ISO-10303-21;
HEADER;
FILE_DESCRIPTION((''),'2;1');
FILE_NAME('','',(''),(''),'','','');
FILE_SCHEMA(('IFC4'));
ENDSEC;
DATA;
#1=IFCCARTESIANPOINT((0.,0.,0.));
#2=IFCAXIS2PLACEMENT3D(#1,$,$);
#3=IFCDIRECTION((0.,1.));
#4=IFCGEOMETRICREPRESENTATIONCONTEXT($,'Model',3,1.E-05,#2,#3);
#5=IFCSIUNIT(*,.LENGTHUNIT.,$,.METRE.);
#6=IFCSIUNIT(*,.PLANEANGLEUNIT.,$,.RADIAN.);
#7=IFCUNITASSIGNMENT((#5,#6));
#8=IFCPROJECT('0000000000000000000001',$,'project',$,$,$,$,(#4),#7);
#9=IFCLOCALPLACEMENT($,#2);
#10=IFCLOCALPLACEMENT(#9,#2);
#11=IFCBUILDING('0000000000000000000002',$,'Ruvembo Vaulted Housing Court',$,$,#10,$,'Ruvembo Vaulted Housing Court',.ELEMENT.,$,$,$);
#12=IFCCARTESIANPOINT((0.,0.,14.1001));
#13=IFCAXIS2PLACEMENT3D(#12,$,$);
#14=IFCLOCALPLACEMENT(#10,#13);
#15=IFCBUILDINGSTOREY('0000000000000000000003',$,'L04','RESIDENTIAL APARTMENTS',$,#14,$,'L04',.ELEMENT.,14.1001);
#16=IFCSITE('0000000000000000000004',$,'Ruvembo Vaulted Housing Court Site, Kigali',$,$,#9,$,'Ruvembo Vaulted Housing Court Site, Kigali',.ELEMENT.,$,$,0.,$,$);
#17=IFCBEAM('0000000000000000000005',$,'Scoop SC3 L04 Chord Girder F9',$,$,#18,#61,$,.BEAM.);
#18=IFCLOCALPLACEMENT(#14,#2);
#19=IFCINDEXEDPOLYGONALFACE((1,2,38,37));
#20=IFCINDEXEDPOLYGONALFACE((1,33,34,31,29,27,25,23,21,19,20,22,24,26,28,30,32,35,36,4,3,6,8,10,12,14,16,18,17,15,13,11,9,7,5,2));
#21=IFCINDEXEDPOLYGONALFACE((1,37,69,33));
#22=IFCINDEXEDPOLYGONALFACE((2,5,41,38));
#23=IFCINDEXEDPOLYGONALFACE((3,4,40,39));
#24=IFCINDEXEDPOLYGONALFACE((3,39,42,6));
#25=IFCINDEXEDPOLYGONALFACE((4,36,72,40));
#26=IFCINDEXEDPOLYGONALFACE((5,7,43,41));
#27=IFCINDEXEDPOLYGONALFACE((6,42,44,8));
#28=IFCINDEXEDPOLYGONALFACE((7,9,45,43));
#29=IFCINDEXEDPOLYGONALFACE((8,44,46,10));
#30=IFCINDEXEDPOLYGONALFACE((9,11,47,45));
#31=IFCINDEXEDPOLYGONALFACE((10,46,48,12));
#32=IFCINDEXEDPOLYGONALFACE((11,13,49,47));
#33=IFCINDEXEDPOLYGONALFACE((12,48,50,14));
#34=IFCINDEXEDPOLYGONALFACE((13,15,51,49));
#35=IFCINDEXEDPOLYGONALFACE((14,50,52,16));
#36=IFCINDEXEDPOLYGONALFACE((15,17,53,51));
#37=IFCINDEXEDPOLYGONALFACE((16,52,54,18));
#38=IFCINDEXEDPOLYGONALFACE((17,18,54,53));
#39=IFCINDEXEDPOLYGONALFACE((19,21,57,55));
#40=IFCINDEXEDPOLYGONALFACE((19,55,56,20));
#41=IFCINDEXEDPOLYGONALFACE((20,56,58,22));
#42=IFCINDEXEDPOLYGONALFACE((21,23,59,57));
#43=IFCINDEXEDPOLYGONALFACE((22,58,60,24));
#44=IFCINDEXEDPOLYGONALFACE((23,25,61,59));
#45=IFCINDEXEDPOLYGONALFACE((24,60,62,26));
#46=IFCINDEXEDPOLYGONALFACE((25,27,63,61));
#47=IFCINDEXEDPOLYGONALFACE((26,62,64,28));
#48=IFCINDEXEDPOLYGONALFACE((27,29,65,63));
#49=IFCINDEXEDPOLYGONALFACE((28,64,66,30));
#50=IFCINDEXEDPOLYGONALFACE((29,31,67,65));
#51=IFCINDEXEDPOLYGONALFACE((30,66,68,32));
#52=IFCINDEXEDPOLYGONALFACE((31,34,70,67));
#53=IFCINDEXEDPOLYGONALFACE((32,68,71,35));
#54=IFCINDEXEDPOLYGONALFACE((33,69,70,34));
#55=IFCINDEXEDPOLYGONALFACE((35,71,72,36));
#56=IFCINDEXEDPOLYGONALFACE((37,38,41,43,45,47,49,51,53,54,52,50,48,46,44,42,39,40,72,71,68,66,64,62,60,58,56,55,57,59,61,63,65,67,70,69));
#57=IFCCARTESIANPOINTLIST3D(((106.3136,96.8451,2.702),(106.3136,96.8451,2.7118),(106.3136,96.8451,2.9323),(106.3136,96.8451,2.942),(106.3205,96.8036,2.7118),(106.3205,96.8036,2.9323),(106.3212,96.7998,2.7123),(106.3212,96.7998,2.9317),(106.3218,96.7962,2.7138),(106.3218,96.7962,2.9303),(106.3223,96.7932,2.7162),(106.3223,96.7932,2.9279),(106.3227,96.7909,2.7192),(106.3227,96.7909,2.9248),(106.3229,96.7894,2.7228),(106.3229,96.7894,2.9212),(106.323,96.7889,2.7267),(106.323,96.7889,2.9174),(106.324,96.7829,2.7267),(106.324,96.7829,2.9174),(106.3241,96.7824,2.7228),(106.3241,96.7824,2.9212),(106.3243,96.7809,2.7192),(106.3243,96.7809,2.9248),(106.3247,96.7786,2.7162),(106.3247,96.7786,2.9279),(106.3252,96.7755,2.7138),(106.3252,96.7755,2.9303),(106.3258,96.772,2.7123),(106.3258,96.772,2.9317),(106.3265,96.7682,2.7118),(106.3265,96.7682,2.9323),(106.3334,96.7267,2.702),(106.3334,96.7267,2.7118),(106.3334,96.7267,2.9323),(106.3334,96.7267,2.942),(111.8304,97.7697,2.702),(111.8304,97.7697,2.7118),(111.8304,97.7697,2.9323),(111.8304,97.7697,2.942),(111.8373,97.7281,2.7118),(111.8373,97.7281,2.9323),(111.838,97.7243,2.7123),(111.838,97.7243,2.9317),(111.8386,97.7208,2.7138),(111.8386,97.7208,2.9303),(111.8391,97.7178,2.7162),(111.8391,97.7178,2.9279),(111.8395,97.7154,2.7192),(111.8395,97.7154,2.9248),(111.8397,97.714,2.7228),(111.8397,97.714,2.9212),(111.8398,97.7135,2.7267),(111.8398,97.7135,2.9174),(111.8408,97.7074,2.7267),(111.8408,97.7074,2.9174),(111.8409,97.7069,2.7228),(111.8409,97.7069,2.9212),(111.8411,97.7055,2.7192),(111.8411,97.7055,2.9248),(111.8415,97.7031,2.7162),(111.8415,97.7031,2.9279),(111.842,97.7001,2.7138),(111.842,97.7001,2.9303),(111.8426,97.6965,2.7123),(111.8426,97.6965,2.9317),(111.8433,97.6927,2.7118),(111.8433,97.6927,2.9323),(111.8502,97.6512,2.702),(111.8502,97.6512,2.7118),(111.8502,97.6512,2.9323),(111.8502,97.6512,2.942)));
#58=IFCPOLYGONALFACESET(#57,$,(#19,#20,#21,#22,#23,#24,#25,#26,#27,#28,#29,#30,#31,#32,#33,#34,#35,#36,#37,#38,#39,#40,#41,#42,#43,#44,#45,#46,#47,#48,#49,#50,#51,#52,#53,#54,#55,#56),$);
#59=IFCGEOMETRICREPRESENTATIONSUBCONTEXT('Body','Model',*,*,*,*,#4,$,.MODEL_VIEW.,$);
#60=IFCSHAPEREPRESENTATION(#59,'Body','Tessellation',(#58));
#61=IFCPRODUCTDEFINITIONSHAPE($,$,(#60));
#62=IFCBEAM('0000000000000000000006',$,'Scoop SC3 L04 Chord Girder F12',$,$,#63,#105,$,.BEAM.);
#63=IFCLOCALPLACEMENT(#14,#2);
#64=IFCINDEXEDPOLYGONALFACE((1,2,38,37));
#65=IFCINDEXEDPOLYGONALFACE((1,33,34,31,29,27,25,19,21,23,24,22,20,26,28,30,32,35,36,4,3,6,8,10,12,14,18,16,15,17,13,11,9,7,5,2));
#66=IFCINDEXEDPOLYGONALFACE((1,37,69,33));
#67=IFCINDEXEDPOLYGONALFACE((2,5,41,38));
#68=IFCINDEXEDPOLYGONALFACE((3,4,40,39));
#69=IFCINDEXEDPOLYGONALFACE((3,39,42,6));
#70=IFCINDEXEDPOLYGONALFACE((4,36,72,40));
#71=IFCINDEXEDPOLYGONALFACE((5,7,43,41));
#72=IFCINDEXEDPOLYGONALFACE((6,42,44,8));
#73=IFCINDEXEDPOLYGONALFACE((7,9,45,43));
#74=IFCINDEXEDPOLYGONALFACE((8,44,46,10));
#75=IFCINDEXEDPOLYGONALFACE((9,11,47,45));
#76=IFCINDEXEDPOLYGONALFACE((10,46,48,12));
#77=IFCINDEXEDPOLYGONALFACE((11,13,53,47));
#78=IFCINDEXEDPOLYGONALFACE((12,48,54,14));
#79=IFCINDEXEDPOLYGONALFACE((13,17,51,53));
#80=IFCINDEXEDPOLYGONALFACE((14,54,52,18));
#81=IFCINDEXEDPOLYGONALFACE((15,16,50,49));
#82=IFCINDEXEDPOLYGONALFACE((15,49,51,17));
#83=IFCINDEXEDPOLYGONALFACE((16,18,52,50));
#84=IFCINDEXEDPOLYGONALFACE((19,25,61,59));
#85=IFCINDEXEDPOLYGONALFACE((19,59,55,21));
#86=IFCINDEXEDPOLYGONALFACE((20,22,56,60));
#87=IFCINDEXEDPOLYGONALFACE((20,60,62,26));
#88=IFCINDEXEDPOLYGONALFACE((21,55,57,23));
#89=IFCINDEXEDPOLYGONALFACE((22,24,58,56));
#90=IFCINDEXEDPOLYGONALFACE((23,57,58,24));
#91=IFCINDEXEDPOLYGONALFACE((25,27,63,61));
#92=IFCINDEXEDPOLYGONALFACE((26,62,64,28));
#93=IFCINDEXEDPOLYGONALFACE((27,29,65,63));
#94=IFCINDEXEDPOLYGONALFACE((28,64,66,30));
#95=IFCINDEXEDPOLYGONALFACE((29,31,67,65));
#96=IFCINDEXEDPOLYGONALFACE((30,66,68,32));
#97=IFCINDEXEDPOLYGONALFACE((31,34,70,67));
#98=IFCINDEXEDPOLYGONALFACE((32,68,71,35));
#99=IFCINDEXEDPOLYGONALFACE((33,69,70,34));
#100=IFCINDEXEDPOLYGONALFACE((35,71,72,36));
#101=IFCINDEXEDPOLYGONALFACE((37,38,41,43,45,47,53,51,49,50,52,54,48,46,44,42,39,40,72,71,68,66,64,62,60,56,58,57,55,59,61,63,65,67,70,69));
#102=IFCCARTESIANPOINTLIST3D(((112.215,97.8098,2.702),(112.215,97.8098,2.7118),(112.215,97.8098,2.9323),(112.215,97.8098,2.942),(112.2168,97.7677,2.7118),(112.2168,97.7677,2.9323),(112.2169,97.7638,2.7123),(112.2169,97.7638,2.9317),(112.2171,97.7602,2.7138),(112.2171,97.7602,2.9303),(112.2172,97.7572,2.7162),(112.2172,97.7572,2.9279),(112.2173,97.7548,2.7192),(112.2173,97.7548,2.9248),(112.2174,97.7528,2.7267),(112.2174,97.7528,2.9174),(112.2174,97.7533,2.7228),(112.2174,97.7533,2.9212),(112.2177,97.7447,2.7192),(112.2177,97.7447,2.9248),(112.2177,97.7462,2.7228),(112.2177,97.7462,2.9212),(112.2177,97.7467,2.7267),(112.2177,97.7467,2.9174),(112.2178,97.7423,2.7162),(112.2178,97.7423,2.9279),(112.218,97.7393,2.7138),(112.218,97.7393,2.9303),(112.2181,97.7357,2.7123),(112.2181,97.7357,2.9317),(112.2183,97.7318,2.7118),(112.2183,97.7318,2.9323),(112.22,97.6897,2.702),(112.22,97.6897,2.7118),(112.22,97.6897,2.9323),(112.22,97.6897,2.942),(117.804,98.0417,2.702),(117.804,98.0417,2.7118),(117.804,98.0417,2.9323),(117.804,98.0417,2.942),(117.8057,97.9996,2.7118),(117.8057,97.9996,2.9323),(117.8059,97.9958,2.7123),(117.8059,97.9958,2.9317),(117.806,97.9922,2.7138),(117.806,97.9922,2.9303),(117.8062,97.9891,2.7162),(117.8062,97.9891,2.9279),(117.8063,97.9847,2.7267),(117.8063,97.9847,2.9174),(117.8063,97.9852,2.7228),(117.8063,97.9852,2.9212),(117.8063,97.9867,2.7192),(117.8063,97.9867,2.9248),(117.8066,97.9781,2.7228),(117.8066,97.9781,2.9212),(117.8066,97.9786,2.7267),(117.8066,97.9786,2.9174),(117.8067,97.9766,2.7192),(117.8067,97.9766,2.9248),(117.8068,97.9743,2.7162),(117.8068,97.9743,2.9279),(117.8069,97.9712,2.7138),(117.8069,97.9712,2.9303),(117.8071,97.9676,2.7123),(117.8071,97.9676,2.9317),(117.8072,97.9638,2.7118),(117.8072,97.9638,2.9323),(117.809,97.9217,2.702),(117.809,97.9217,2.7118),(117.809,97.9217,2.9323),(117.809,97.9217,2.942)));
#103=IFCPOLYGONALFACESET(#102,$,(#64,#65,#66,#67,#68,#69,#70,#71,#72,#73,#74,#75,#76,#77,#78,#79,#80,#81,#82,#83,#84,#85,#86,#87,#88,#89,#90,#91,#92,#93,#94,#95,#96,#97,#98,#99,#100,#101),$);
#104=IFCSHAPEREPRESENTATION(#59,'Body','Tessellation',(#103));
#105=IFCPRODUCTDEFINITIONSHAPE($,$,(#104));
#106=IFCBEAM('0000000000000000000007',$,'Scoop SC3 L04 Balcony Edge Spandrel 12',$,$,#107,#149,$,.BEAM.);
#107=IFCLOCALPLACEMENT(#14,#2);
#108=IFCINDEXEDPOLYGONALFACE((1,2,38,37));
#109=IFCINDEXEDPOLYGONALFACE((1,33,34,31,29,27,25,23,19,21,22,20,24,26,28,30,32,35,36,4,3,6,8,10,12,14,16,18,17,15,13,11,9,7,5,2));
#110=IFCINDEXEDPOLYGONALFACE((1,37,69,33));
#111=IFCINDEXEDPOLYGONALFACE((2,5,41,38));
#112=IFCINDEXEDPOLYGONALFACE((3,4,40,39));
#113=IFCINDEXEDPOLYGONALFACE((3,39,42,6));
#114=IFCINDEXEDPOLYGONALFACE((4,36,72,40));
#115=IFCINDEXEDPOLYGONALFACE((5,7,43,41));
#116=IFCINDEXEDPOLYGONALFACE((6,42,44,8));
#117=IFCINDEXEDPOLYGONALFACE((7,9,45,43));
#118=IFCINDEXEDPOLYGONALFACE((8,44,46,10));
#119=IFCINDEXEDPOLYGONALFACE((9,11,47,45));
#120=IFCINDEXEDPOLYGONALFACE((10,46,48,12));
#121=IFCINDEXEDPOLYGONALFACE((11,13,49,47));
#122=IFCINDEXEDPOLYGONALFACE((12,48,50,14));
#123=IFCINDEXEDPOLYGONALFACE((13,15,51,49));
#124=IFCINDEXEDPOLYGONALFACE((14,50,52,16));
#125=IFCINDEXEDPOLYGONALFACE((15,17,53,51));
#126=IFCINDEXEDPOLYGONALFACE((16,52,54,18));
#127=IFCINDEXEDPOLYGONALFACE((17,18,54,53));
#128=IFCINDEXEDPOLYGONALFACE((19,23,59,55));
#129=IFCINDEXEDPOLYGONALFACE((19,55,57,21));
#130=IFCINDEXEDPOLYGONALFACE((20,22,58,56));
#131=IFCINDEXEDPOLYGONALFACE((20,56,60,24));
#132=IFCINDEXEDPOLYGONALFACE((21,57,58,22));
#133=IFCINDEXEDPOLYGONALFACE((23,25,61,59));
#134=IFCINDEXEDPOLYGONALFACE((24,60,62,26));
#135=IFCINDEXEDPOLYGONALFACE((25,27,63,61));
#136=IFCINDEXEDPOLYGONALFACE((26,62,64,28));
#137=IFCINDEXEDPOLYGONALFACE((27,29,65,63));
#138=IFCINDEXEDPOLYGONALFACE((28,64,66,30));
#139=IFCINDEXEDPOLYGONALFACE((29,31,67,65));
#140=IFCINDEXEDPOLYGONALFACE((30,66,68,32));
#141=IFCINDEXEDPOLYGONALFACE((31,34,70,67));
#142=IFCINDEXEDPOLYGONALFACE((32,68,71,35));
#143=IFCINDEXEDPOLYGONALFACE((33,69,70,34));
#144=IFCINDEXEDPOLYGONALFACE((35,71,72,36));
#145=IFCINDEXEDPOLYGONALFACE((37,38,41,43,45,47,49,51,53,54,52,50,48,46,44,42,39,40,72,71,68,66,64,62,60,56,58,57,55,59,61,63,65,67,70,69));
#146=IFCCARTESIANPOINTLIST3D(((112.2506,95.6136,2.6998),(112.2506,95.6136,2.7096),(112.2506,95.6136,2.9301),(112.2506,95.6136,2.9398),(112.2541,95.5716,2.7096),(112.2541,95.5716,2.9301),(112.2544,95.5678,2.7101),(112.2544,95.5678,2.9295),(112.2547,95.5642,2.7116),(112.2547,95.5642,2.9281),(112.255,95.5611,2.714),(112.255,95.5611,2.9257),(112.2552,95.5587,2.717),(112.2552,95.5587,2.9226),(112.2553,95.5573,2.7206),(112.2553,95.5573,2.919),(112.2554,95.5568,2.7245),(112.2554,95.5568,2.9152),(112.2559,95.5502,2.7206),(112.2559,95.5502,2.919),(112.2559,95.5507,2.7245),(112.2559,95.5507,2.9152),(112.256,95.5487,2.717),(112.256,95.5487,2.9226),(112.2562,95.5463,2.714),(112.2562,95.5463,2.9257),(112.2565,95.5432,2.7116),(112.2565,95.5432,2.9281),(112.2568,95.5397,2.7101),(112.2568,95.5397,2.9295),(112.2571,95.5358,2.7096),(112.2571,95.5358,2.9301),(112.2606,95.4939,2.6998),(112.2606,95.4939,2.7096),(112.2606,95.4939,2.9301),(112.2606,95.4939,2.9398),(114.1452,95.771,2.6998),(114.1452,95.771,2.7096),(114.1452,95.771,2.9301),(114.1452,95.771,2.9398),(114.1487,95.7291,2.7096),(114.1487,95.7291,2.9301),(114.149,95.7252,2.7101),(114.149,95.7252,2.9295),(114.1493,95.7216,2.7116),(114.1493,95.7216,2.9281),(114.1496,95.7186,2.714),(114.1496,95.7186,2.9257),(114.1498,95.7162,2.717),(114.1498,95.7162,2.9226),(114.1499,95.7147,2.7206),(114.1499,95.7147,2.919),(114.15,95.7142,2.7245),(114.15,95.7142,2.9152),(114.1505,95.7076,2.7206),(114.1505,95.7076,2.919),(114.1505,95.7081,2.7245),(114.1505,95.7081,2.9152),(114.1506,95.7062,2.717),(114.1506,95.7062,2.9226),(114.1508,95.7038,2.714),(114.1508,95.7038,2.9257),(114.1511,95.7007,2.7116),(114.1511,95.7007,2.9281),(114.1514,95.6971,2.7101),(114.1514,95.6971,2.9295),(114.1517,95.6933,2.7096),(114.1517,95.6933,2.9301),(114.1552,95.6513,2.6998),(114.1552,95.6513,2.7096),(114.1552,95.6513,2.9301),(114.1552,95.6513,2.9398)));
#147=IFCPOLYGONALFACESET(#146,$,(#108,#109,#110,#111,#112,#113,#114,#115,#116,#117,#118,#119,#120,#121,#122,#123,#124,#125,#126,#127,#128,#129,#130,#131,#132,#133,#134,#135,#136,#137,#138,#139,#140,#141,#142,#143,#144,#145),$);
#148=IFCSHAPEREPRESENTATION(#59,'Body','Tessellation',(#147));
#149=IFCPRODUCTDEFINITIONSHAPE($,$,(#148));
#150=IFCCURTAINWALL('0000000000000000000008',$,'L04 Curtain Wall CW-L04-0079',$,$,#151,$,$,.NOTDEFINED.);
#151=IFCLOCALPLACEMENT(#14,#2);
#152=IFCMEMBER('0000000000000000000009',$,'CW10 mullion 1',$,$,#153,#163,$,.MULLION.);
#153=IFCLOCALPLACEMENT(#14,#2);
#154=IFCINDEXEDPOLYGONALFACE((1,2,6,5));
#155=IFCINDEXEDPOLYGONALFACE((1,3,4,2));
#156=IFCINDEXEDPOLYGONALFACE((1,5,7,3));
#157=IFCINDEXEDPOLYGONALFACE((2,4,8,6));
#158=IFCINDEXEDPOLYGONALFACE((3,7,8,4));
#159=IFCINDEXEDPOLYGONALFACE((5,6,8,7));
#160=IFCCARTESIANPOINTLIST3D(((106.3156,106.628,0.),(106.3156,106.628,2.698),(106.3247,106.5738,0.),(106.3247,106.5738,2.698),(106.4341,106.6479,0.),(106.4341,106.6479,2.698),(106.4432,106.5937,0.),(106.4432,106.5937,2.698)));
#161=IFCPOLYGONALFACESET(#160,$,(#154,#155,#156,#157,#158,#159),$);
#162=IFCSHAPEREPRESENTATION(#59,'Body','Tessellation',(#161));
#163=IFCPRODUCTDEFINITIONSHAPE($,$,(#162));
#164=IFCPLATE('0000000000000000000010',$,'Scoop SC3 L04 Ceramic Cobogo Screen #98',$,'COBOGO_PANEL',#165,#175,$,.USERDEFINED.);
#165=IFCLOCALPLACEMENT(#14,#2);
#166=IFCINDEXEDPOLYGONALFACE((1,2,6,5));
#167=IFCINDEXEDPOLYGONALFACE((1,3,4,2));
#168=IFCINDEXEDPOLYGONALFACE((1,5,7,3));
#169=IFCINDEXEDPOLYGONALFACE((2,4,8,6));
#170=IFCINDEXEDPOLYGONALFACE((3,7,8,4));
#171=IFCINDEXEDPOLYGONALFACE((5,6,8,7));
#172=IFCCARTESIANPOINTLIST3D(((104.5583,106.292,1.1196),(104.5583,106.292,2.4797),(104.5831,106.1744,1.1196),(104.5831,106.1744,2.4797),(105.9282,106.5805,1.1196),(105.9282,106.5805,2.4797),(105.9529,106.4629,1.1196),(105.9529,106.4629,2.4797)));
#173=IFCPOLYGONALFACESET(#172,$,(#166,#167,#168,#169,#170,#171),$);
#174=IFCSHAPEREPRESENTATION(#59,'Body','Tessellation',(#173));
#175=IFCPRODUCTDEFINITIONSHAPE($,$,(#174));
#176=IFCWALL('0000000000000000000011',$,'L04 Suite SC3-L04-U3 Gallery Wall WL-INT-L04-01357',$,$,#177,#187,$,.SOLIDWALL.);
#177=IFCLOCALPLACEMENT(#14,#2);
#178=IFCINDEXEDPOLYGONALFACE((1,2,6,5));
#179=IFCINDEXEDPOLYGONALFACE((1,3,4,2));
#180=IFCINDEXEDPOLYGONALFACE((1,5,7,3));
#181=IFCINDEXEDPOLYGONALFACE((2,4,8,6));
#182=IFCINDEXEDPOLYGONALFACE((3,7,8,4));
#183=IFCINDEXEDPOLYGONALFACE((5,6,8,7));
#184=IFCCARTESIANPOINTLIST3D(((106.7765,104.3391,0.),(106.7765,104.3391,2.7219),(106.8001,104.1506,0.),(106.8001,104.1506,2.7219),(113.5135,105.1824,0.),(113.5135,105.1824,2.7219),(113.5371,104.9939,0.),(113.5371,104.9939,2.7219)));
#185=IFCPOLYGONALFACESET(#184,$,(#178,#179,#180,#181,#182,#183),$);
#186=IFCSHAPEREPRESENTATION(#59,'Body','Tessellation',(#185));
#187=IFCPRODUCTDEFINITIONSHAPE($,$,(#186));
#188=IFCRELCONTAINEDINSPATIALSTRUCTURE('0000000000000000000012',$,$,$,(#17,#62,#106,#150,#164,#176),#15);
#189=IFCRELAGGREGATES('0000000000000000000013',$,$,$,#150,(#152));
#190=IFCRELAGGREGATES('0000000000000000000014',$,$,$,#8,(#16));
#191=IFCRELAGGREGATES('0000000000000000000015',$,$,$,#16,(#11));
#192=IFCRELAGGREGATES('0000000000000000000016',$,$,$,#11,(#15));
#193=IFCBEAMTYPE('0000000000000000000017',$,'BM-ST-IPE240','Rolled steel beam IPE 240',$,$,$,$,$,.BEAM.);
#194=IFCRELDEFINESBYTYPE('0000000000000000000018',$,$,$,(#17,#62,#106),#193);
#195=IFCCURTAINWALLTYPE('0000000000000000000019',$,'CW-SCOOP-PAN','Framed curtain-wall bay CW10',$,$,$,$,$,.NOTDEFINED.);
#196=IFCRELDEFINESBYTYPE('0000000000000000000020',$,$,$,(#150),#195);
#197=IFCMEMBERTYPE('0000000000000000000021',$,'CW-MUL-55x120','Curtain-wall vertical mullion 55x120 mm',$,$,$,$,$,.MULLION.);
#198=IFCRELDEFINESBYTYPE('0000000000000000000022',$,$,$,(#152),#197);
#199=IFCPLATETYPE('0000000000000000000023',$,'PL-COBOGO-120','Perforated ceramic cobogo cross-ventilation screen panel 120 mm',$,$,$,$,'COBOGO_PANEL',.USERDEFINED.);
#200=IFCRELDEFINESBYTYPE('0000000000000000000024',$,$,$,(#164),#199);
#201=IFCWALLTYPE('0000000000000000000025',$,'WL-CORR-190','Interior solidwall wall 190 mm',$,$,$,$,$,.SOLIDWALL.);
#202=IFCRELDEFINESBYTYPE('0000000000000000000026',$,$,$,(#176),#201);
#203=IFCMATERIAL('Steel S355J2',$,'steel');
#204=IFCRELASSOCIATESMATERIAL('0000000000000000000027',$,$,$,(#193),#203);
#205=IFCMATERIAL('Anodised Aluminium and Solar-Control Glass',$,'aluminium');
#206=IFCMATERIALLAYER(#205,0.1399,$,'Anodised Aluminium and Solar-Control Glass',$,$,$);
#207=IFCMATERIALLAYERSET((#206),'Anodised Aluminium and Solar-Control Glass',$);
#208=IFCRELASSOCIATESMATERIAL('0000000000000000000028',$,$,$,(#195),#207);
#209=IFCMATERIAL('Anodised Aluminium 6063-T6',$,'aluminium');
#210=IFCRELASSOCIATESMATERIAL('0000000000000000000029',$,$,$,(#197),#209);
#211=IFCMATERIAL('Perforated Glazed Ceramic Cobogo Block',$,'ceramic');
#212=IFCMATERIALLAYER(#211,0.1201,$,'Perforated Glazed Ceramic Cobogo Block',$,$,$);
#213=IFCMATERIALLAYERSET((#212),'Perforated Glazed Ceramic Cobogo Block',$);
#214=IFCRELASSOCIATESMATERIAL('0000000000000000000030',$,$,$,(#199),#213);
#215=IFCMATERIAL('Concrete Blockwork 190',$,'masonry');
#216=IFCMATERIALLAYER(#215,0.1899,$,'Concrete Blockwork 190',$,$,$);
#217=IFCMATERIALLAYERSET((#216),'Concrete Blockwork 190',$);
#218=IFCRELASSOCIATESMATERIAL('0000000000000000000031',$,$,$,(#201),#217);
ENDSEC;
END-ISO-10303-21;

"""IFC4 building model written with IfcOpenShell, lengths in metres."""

from ifc_helpers import new_model, si_unit, direction, frame, frame_2d, origin, origin_2d, place, context, subcontext, project, spatial, rectangle, i_section, extrude, material, layer, layer_set, material_profile, profile_set, type_object, element, aggregate, save


model = new_model("IFC4")

# Units and contexts
model_context = context("Model", 3, precision=1e-05, world=origin(), true_north=direction((0.0, 1.0)))
body_context = subcontext(model_context, "Body", "Model", "MODEL_VIEW")
ifc_project = project(units=[si_unit("LENGTHUNIT", "METRE"), si_unit("PLANEANGLEUNIT", "RADIAN")], contexts=[model_context])

# Site, building, storey
site_placement = place(None, origin())
site = spatial("IfcSite", under=ifc_project, at=site_placement, Name="Ruvembo Vaulted Housing Court Site, Kigali", LongName="Ruvembo Vaulted Housing Court Site, Kigali", CompositionType="ELEMENT", RefElevation=0.0)
building_placement = place(site_placement, origin())
building = spatial("IfcBuilding", under=site, at=building_placement, Name="Ruvembo Vaulted Housing Court", LongName="Ruvembo Vaulted Housing Court", CompositionType="ELEMENT")
storey_placement = place(building_placement, frame((0.0, 0.0, 14.1001)))
storey = spatial("IfcBuildingStorey", under=building, at=storey_placement, Name="L04", Description="RESIDENTIAL APARTMENTS", LongName="L04", CompositionType="ELEMENT", Elevation=14.1001)

# Beams
ifc_material_1 = material(Name="Steel S355J2", Category="steel")
ifc_material_profile_1 = material_profile(ifc_material_1, i_section(OverallWidth=0.1201, OverallDepth=0.24, WebThickness=0.0061, FlangeThickness=0.0098, FilletRadius=0.0149, at=origin_2d()), Name="IPE 240")
ifc_profile_set_1 = profile_set([ifc_material_profile_1], Name="Steel S355J2")
beam_type_1 = type_object("IfcBeamType", Name="BM-ST-IPE240", Description="Rolled steel beam IPE 240", PredefinedType="BEAM", material=ifc_profile_set_1)
for number, where, z_axis, x_axis, name in (
    (1, (106.3235, 96.7859, 2.822), (0.986246, 0.165284, 0.0), (-0.165284, 0.986246, 0.0), "Scoop SC3 L04 Chord Girder F9"),
    (2, (112.2175, 97.7498, 2.822), (0.99914, 0.041464, 0.0), (-0.041464, 0.99914, 0.0), "Scoop SC3 L04 Chord Girder F12"),
):
    element("IfcBeam", number, at=place(storey_placement, frame(where, z_axis=z_axis, x_axis=x_axis)), inside=storey, type_object=beam_type_1, Name=name, PredefinedType="BEAM", context=body_context, shape_type="SweptSolid", body=[
        extrude(i_section(OverallWidth=0.1201, OverallDepth=0.24, WebThickness=0.0061, FlangeThickness=0.0098, FilletRadius=0.0149, at=origin_2d()), origin(), (0.0, 0.0, 1.0), 5.5938),
    ])
beam_1_placement = place(storey_placement, frame((112.2556, 95.5537, 2.8198), z_axis=(0.996563, 0.082833, 0.0), x_axis=(-0.082833, 0.996563, 0.0)))
element("IfcBeam", 3, at=beam_1_placement, inside=storey, type_object=beam_type_1, Name="Scoop SC3 L04 Balcony Edge Spandrel 12", PredefinedType="BEAM", context=body_context, shape_type="SweptSolid", body=[
    extrude(i_section(OverallWidth=0.1201, OverallDepth=0.24, WebThickness=0.0061, FlangeThickness=0.0098, FilletRadius=0.0149, at=origin_2d()), origin(), (0.0, 0.0, 1.0), 1.9011),
])

# Curtain wall, member
ifc_material_2 = material(Name="Anodised Aluminium and Solar-Control Glass", Category="aluminium")
ifc_layer_1 = layer(ifc_material_2, 0.1399, Name="Anodised Aluminium and Solar-Control Glass")
ifc_layer_set_1 = layer_set([ifc_layer_1], Name="Anodised Aluminium and Solar-Control Glass")
curtain_wall_type = type_object("IfcCurtainWallType", Name="CW-SCOOP-PAN", Description="Framed curtain-wall bay CW10", PredefinedType="NOTDEFINED", material=ifc_layer_set_1)
curtain_wall_placement = place(storey_placement, origin())
curtain_wall = element("IfcCurtainWall", 4, at=curtain_wall_placement, inside=storey, type_object=curtain_wall_type, Name="L04 Curtain Wall CW-L04-0079", PredefinedType="NOTDEFINED")
ifc_material_3 = material(Name="Anodised Aluminium 6063-T6", Category="aluminium")
ifc_material_profile_2 = material_profile(ifc_material_3, rectangle(XDim=0.0549, YDim=0.1201, at=origin_2d()), Name="ALU 55x120")
ifc_profile_set_2 = profile_set([ifc_material_profile_2], Name="Anodised Aluminium 6063-T6")
member_type = type_object("IfcMemberType", Name="CW-MUL-55x120", Description="Curtain-wall vertical mullion 55x120 mm", PredefinedType="MULLION", material=ifc_profile_set_2)
member_placement = place(storey_placement, frame((106.3794, 106.6108, 0.0), z_axis=(0.0, 0.0, 1.0), x_axis=(-0.165263, 0.98625, 0.0)))
member = element("IfcMember", 5, at=member_placement, type_object=member_type, Name="CW10 mullion 1", PredefinedType="MULLION", context=body_context, shape_type="SweptSolid", body=[
    extrude(rectangle(XDim=0.0549, YDim=0.1201, at=origin_2d()), origin(), (0.0, 0.0, 1.0), 2.698),
])
aggregate(curtain_wall, [member])

# Plate
ifc_material_4 = material(Name="Perforated Glazed Ceramic Cobogo Block", Category="ceramic")
ifc_layer_2 = layer(ifc_material_4, 0.1201, Name="Perforated Glazed Ceramic Cobogo Block")
ifc_layer_set_2 = layer_set([ifc_layer_2], Name="Perforated Glazed Ceramic Cobogo Block")
plate_type = type_object("IfcPlateType", Name="PL-COBOGO-120", Description="Perforated ceramic cobogo cross-ventilation screen panel 120 mm", ElementType="COBOGO_PANEL", PredefinedType="USERDEFINED", material=ifc_layer_set_2)
plate_placement = place(storey_placement, frame((105.2556, 106.3774, 1.1196), z_axis=(0.0, 0.0, 1.0), x_axis=(0.978534, 0.206085, 0.0)))
element("IfcPlate", 6, at=plate_placement, inside=storey, type_object=plate_type, Name="Scoop SC3 L04 Ceramic Cobogo Screen #98", ObjectType="COBOGO_PANEL", PredefinedType="USERDEFINED", context=body_context, shape_type="SweptSolid", body=[
    extrude(rectangle(XDim=1.3999, YDim=0.1201, at=origin_2d()), origin(), (0.0, 0.0, 1.0), 1.3601),
])

# Wall
ifc_material_5 = material(Name="Concrete Blockwork 190", Category="masonry")
ifc_layer_3 = layer(ifc_material_5, 0.1899, Name="Concrete Blockwork 190")
ifc_layer_set_3 = layer_set([ifc_layer_3], Name="Concrete Blockwork 190")
wall_type_1 = type_object("IfcWallType", Name="WL-CORR-190", Description="Interior solidwall wall 190 mm", PredefinedType="SOLIDWALL", material=ifc_layer_set_3)
wall_1_placement = place(storey_placement, frame((106.7883, 104.2449, 0.0), z_axis=(0.0, 0.0, 1.0), x_axis=(0.992257, 0.124198, 0.0)))
element("IfcWall", 7, at=wall_1_placement, inside=storey, type_object=wall_type_1, Name="L04 Suite SC3-L04-U3 Gallery Wall WL-INT-L04-01357", PredefinedType="SOLIDWALL", context=body_context, shape_type="SweptSolid", body=[
    extrude(rectangle(XDim=6.7896, YDim=0.1899, at=frame_2d((3.3948, 0.0))), origin(), (0.0, 0.0, 1.0), 2.7219),
])

save(model, "model.ifc")
